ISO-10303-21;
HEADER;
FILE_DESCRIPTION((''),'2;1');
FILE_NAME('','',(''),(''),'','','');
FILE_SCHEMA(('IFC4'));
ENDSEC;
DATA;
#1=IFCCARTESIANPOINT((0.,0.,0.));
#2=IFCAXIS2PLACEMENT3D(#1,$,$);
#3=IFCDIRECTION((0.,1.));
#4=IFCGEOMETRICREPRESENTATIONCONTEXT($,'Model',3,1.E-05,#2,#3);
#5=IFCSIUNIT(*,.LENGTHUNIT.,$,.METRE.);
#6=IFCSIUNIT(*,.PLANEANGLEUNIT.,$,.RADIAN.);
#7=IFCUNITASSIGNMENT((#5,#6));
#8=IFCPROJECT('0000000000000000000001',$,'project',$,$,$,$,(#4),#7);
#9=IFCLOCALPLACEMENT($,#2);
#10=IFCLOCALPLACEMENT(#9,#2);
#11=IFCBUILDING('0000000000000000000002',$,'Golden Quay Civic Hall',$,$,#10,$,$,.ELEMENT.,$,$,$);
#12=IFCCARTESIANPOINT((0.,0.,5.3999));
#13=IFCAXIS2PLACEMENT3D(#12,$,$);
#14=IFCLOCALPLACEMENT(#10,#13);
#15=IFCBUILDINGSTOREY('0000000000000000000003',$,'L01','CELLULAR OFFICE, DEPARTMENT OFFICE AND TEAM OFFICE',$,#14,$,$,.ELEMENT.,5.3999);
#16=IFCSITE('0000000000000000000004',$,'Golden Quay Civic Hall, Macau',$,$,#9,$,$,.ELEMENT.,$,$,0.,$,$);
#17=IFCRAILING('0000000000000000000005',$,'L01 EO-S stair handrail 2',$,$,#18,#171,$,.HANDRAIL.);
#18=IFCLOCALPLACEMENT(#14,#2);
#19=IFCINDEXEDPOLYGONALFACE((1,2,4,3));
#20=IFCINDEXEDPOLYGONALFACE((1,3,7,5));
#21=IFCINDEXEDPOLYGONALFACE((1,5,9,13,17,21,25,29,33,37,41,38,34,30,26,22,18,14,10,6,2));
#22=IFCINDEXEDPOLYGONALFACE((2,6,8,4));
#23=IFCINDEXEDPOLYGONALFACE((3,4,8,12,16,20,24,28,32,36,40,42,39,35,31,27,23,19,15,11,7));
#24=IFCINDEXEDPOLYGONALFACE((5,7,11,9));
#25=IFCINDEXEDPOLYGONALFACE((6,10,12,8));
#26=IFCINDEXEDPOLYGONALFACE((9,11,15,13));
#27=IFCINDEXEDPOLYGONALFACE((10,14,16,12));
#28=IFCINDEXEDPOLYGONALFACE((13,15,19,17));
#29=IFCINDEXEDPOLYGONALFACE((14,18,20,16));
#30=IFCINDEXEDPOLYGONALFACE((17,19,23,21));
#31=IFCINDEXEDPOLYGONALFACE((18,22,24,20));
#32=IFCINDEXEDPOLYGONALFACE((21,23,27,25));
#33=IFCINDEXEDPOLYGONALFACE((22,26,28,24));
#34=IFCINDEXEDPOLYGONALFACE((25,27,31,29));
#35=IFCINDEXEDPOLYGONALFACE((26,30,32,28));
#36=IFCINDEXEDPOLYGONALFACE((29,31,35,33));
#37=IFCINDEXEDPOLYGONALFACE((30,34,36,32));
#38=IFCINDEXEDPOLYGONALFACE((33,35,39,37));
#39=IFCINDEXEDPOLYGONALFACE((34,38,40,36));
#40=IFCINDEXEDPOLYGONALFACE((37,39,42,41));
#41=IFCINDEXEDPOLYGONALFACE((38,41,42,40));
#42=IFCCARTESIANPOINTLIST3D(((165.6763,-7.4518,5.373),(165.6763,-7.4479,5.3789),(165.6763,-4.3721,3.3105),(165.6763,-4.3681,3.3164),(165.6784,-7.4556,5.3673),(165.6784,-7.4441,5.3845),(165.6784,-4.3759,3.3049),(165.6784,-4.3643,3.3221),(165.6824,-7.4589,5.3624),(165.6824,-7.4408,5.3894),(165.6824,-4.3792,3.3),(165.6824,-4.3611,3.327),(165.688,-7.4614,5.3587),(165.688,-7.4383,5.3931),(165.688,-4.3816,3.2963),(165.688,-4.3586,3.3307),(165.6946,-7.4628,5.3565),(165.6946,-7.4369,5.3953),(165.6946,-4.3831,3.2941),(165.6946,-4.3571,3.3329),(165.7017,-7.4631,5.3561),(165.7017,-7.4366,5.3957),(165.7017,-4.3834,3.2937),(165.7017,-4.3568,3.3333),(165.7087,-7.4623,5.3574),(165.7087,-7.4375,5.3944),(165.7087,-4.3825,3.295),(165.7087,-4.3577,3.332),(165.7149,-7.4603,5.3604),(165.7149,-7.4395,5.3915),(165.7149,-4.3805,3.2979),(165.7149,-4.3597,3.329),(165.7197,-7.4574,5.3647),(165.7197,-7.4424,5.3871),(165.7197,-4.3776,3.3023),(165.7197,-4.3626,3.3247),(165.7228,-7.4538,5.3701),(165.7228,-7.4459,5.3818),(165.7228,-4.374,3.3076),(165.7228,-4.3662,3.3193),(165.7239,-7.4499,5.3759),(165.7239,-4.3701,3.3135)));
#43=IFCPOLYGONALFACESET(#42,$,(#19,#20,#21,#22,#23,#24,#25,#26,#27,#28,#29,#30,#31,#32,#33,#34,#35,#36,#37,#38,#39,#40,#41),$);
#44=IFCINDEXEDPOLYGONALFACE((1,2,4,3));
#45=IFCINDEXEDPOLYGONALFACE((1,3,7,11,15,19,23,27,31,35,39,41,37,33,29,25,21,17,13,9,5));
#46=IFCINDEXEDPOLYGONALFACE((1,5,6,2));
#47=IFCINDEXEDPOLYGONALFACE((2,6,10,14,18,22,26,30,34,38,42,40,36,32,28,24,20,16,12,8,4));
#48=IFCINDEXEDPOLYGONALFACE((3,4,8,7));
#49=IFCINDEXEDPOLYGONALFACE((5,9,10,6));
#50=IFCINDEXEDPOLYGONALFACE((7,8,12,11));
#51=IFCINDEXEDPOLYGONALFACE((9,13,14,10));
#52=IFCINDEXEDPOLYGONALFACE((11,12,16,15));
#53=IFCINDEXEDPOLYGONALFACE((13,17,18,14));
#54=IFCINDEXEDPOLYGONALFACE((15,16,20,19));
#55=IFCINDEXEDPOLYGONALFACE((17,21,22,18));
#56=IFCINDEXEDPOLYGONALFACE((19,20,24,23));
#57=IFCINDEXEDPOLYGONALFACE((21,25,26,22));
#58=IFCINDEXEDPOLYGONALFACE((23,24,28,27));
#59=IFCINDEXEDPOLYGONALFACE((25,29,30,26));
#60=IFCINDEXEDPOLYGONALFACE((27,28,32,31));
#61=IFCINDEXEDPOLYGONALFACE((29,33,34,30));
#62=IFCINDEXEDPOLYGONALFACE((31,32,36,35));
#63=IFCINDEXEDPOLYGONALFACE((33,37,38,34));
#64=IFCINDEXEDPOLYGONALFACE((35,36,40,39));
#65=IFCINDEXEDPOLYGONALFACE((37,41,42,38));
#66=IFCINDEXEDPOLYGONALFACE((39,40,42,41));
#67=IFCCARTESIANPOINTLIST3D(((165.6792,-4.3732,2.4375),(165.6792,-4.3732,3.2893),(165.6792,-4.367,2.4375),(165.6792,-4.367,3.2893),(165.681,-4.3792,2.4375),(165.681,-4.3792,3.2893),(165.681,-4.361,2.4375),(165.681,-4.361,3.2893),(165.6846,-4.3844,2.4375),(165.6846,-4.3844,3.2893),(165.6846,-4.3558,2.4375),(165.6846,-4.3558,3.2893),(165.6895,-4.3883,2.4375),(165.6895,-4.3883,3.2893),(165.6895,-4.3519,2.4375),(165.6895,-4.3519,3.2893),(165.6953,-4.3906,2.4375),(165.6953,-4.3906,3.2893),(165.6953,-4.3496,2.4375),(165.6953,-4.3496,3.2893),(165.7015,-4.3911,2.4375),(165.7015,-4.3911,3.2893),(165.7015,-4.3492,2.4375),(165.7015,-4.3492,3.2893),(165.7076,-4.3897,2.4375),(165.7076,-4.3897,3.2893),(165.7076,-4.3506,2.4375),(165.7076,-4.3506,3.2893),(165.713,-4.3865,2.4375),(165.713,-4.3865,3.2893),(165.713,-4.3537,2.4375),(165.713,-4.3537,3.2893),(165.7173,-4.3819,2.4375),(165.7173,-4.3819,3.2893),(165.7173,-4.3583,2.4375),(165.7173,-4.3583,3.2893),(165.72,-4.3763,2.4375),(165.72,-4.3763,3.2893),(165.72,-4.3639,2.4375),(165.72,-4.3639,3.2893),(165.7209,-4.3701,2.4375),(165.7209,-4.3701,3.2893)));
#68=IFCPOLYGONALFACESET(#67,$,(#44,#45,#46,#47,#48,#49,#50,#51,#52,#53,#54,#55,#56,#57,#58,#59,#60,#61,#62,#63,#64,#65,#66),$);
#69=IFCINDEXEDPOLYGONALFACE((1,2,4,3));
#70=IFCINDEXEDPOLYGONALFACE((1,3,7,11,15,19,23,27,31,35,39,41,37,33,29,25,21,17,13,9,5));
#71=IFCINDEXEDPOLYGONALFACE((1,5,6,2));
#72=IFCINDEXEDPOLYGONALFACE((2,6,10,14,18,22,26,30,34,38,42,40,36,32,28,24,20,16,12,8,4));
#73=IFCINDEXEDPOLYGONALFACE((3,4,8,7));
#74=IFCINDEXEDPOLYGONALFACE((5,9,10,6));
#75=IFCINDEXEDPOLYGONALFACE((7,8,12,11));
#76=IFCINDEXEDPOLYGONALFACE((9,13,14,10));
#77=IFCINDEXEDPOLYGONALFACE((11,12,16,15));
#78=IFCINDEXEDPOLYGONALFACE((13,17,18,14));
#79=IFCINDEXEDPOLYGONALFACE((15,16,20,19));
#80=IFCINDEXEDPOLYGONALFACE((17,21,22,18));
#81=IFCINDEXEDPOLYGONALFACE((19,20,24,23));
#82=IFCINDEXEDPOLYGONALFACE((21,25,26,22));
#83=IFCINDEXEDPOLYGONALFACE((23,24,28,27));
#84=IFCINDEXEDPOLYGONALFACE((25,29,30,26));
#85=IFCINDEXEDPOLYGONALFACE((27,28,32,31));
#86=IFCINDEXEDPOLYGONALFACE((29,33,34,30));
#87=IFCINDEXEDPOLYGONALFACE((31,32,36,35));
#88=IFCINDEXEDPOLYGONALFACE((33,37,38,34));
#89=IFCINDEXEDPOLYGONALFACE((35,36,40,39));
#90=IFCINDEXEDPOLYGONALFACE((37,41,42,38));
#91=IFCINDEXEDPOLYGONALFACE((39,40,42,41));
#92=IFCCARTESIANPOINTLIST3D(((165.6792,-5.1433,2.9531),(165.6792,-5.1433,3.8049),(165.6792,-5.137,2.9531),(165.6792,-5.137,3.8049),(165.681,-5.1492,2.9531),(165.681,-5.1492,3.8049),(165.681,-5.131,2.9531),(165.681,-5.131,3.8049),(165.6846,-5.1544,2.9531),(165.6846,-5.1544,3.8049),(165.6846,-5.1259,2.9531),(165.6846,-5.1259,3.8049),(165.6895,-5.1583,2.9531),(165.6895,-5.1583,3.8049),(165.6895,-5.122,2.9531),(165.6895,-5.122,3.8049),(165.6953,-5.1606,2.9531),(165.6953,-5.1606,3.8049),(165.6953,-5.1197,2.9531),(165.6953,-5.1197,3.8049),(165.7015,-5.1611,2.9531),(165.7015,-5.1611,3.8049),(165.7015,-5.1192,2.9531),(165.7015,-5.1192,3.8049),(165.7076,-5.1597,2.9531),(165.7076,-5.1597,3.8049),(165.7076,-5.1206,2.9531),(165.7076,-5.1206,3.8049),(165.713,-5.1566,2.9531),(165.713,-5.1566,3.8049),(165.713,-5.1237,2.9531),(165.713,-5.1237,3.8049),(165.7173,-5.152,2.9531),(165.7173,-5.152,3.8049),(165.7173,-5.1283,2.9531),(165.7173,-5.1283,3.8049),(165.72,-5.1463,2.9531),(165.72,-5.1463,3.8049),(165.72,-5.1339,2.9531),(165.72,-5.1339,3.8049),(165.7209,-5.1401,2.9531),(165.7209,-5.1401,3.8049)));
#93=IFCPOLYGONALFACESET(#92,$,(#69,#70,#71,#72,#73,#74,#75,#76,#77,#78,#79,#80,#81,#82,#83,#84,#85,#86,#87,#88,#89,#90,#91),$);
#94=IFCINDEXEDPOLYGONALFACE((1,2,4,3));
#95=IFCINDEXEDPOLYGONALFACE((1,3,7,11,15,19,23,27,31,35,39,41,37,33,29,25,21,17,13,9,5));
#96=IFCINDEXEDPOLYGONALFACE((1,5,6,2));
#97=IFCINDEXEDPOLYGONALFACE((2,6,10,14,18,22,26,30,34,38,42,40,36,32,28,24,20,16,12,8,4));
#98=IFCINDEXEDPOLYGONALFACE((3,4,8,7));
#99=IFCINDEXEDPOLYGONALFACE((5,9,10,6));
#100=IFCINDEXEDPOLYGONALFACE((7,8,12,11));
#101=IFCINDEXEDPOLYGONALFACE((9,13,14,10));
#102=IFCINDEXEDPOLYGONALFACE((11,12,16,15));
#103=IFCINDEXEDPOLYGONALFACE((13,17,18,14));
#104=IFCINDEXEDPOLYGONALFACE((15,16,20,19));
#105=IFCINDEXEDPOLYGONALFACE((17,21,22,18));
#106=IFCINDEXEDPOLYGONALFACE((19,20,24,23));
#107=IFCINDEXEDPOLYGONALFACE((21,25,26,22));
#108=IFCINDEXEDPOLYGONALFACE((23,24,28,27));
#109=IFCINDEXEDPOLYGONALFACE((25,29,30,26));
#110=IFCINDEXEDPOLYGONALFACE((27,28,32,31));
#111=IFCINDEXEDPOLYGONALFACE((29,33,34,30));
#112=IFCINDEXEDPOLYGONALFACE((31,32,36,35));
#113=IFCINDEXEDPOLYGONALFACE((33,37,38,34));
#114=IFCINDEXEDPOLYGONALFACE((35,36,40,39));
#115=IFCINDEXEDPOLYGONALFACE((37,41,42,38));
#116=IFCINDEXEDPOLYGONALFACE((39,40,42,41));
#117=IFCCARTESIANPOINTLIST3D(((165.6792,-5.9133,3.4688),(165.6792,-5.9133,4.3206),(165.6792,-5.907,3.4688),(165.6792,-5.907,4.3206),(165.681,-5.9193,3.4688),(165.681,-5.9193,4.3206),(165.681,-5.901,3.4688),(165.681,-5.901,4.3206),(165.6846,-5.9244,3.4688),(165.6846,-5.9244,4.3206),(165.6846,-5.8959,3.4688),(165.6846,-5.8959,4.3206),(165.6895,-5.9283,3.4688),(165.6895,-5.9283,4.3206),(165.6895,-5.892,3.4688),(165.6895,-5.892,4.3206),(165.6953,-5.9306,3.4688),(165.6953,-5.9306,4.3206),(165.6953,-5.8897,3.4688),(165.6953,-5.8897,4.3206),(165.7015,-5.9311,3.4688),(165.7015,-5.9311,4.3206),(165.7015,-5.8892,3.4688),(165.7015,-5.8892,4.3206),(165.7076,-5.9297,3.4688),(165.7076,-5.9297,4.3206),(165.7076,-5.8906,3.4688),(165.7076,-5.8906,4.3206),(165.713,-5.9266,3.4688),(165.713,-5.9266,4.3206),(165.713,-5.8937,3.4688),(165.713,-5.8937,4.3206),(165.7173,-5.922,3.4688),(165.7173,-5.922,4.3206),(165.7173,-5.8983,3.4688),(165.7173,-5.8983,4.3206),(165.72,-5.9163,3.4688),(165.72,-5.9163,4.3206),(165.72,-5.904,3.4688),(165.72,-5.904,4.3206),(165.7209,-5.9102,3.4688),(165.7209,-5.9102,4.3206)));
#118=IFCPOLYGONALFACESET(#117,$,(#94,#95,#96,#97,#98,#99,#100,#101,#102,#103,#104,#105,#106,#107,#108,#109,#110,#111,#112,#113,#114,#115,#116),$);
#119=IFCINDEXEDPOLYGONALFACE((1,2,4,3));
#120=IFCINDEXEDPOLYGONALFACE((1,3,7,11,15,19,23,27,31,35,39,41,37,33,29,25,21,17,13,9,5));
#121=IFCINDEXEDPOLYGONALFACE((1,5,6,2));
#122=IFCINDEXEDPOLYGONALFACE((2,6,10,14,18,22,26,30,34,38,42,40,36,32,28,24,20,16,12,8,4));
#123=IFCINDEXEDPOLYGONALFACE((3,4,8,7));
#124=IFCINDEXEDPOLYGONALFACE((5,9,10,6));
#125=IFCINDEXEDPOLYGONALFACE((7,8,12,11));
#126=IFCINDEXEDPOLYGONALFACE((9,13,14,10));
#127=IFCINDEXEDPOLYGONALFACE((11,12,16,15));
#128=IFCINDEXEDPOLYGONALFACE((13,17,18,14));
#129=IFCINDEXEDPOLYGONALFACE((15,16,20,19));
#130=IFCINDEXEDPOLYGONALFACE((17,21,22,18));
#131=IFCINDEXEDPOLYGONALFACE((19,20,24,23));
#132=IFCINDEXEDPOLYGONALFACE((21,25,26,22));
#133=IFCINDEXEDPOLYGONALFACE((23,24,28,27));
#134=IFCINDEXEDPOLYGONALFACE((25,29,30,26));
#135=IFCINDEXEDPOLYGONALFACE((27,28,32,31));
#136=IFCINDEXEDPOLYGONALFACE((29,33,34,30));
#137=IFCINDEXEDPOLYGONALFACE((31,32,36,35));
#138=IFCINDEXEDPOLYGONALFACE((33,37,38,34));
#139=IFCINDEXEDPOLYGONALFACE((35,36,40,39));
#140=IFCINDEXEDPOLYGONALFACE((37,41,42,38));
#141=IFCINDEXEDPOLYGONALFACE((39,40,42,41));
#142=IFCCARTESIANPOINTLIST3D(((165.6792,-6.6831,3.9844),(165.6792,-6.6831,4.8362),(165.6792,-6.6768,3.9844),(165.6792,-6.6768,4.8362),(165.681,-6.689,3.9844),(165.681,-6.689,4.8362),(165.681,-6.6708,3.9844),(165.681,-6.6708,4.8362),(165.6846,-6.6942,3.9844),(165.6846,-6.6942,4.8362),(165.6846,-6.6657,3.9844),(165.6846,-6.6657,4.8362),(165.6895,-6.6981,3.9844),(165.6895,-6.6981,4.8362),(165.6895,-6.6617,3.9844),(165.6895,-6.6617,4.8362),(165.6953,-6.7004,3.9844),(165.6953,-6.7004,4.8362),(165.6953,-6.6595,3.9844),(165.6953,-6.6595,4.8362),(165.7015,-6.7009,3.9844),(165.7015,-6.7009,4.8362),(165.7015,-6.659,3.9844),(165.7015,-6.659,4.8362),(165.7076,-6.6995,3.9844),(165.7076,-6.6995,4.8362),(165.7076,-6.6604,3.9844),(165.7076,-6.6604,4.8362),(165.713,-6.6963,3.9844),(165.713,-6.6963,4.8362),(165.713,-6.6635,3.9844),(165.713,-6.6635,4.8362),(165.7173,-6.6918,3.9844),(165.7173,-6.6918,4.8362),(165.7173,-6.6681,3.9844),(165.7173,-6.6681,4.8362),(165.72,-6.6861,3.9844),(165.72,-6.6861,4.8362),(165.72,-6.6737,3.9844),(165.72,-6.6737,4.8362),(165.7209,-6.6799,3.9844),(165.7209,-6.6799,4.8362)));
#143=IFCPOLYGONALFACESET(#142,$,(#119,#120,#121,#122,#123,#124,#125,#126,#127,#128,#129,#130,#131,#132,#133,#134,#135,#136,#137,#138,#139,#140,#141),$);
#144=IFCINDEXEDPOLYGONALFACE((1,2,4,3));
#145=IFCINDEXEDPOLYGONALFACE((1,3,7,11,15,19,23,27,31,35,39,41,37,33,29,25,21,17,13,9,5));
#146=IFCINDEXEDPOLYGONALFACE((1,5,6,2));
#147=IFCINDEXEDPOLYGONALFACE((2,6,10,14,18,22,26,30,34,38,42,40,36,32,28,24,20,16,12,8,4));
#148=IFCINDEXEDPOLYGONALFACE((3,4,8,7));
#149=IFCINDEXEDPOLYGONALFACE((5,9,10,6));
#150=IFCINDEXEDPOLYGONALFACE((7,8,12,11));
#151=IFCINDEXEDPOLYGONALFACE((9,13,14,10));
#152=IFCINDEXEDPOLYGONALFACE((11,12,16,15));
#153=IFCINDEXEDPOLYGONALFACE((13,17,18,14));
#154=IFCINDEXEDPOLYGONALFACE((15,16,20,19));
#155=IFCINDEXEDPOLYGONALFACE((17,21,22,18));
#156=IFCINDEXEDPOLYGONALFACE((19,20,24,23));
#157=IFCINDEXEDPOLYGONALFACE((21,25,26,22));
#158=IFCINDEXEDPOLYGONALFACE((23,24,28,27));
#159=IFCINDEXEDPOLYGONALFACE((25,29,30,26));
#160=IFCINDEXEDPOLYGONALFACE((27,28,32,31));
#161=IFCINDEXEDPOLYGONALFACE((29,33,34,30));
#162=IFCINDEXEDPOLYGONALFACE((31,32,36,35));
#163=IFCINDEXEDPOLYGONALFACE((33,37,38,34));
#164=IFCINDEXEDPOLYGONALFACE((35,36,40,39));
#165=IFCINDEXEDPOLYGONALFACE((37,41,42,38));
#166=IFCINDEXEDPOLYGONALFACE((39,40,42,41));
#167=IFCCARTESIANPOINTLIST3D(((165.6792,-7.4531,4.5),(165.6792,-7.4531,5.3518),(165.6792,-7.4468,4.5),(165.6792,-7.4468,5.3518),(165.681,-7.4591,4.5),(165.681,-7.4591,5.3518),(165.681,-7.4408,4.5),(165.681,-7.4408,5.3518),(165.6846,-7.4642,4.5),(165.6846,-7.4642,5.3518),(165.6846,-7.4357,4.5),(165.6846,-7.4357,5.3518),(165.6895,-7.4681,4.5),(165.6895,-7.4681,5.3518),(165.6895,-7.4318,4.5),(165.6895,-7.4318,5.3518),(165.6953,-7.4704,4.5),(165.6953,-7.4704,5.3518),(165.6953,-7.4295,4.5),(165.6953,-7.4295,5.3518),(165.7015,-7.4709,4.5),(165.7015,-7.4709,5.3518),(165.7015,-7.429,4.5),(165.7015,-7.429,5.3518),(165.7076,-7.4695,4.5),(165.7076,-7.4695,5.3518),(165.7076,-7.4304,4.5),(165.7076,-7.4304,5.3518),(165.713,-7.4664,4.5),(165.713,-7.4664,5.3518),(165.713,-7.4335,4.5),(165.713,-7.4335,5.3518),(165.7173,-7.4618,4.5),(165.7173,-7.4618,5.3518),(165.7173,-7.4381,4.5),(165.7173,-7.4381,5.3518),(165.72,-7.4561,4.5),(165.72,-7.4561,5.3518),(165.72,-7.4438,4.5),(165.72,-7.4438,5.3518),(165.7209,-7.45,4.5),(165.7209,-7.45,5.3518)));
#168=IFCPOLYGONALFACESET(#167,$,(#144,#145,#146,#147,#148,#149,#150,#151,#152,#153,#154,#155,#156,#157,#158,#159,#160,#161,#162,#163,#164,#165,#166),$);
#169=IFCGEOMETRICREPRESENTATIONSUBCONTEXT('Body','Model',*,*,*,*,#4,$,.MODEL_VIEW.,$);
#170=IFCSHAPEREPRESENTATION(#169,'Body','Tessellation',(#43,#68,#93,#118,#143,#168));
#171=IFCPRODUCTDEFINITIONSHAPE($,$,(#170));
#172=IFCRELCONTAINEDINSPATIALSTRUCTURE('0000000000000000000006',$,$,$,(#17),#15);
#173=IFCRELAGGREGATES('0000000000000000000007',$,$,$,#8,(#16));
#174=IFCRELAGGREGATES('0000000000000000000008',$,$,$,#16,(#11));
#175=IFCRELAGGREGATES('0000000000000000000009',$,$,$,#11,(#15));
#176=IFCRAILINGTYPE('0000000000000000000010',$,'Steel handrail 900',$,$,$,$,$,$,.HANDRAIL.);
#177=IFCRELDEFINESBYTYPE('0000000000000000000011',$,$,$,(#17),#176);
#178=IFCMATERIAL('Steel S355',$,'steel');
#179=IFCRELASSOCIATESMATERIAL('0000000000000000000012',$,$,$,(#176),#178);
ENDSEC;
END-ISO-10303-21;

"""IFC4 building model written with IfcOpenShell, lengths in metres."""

from ifc_helpers import new_model, si_unit, direction, frame, origin, origin_2d, place, context, subcontext, project, spatial, circle, extrude, material, type_object, element, save


model = new_model("IFC4")

# Units and contexts
model_context = context("Model", 3, precision=1e-05, world=origin(), true_north=direction((0.0, 1.0)))
body_context = subcontext(model_context, "Body", "Model", "MODEL_VIEW")
ifc_project = project(units=[si_unit("LENGTHUNIT", "METRE"), si_unit("PLANEANGLEUNIT", "RADIAN")], contexts=[model_context])

# Site, building, storey
site_placement = place(None, origin())
site = spatial("IfcSite", under=ifc_project, at=site_placement, Name="Golden Quay Civic Hall, Macau", CompositionType="ELEMENT", RefElevation=0.0)
building_placement = place(site_placement, origin())
building = spatial("IfcBuilding", under=site, at=building_placement, Name="Golden Quay Civic Hall", CompositionType="ELEMENT")
storey_placement = place(building_placement, frame((0.0, 0.0, 5.3999)))
storey = spatial("IfcBuildingStorey", under=building, at=storey_placement, Name="L01", Description="CELLULAR OFFICE, DEPARTMENT OFFICE AND TEAM OFFICE", CompositionType="ELEMENT", Elevation=5.3999)

# Railing
ifc_material_1 = material(Name="Steel S355", Category="steel")
railing_type_1 = type_object("IfcRailingType", Name="Steel handrail 900", PredefinedType="HANDRAIL", material=ifc_material_1)
railing_1_placement = place(storey_placement, frame((165.7, -4.3701, 2.4375)))
element("IfcRailing", 1, at=railing_1_placement, inside=storey, type_object=railing_type_1, Name="L01 EO-S stair handrail 2", PredefinedType="HANDRAIL", context=body_context, shape_type="SweptSolid", body=[
    extrude(circle(Radius=0.0239, at=origin_2d()), frame((0.0, 0.0, 0.876), z_axis=(0.0, -0.830893, 0.556432), x_axis=(1.0, 0.0, 0.0)), (0.0, 0.0, 1.0), 3.7065),
    extrude(circle(Radius=0.021, at=origin_2d()), origin(), (0.0, 0.0, 1.0), 0.8518),
    extrude(circle(Radius=0.021, at=origin_2d()), frame((0.0, -0.77, 0.5156)), (0.0, 0.0, 1.0), 0.8518),
    extrude(circle(Radius=0.021, at=origin_2d()), frame((0.0, -1.54, 1.0312)), (0.0, 0.0, 1.0), 0.8518),
    extrude(circle(Radius=0.021, at=origin_2d()), frame((0.0, -2.3098, 1.5469)), (0.0, 0.0, 1.0), 0.8518),
    extrude(circle(Radius=0.021, at=origin_2d()), frame((0.0, -3.0798, 2.0625)), (0.0, 0.0, 1.0), 0.8518),
])

save(model, "model.ifc")
